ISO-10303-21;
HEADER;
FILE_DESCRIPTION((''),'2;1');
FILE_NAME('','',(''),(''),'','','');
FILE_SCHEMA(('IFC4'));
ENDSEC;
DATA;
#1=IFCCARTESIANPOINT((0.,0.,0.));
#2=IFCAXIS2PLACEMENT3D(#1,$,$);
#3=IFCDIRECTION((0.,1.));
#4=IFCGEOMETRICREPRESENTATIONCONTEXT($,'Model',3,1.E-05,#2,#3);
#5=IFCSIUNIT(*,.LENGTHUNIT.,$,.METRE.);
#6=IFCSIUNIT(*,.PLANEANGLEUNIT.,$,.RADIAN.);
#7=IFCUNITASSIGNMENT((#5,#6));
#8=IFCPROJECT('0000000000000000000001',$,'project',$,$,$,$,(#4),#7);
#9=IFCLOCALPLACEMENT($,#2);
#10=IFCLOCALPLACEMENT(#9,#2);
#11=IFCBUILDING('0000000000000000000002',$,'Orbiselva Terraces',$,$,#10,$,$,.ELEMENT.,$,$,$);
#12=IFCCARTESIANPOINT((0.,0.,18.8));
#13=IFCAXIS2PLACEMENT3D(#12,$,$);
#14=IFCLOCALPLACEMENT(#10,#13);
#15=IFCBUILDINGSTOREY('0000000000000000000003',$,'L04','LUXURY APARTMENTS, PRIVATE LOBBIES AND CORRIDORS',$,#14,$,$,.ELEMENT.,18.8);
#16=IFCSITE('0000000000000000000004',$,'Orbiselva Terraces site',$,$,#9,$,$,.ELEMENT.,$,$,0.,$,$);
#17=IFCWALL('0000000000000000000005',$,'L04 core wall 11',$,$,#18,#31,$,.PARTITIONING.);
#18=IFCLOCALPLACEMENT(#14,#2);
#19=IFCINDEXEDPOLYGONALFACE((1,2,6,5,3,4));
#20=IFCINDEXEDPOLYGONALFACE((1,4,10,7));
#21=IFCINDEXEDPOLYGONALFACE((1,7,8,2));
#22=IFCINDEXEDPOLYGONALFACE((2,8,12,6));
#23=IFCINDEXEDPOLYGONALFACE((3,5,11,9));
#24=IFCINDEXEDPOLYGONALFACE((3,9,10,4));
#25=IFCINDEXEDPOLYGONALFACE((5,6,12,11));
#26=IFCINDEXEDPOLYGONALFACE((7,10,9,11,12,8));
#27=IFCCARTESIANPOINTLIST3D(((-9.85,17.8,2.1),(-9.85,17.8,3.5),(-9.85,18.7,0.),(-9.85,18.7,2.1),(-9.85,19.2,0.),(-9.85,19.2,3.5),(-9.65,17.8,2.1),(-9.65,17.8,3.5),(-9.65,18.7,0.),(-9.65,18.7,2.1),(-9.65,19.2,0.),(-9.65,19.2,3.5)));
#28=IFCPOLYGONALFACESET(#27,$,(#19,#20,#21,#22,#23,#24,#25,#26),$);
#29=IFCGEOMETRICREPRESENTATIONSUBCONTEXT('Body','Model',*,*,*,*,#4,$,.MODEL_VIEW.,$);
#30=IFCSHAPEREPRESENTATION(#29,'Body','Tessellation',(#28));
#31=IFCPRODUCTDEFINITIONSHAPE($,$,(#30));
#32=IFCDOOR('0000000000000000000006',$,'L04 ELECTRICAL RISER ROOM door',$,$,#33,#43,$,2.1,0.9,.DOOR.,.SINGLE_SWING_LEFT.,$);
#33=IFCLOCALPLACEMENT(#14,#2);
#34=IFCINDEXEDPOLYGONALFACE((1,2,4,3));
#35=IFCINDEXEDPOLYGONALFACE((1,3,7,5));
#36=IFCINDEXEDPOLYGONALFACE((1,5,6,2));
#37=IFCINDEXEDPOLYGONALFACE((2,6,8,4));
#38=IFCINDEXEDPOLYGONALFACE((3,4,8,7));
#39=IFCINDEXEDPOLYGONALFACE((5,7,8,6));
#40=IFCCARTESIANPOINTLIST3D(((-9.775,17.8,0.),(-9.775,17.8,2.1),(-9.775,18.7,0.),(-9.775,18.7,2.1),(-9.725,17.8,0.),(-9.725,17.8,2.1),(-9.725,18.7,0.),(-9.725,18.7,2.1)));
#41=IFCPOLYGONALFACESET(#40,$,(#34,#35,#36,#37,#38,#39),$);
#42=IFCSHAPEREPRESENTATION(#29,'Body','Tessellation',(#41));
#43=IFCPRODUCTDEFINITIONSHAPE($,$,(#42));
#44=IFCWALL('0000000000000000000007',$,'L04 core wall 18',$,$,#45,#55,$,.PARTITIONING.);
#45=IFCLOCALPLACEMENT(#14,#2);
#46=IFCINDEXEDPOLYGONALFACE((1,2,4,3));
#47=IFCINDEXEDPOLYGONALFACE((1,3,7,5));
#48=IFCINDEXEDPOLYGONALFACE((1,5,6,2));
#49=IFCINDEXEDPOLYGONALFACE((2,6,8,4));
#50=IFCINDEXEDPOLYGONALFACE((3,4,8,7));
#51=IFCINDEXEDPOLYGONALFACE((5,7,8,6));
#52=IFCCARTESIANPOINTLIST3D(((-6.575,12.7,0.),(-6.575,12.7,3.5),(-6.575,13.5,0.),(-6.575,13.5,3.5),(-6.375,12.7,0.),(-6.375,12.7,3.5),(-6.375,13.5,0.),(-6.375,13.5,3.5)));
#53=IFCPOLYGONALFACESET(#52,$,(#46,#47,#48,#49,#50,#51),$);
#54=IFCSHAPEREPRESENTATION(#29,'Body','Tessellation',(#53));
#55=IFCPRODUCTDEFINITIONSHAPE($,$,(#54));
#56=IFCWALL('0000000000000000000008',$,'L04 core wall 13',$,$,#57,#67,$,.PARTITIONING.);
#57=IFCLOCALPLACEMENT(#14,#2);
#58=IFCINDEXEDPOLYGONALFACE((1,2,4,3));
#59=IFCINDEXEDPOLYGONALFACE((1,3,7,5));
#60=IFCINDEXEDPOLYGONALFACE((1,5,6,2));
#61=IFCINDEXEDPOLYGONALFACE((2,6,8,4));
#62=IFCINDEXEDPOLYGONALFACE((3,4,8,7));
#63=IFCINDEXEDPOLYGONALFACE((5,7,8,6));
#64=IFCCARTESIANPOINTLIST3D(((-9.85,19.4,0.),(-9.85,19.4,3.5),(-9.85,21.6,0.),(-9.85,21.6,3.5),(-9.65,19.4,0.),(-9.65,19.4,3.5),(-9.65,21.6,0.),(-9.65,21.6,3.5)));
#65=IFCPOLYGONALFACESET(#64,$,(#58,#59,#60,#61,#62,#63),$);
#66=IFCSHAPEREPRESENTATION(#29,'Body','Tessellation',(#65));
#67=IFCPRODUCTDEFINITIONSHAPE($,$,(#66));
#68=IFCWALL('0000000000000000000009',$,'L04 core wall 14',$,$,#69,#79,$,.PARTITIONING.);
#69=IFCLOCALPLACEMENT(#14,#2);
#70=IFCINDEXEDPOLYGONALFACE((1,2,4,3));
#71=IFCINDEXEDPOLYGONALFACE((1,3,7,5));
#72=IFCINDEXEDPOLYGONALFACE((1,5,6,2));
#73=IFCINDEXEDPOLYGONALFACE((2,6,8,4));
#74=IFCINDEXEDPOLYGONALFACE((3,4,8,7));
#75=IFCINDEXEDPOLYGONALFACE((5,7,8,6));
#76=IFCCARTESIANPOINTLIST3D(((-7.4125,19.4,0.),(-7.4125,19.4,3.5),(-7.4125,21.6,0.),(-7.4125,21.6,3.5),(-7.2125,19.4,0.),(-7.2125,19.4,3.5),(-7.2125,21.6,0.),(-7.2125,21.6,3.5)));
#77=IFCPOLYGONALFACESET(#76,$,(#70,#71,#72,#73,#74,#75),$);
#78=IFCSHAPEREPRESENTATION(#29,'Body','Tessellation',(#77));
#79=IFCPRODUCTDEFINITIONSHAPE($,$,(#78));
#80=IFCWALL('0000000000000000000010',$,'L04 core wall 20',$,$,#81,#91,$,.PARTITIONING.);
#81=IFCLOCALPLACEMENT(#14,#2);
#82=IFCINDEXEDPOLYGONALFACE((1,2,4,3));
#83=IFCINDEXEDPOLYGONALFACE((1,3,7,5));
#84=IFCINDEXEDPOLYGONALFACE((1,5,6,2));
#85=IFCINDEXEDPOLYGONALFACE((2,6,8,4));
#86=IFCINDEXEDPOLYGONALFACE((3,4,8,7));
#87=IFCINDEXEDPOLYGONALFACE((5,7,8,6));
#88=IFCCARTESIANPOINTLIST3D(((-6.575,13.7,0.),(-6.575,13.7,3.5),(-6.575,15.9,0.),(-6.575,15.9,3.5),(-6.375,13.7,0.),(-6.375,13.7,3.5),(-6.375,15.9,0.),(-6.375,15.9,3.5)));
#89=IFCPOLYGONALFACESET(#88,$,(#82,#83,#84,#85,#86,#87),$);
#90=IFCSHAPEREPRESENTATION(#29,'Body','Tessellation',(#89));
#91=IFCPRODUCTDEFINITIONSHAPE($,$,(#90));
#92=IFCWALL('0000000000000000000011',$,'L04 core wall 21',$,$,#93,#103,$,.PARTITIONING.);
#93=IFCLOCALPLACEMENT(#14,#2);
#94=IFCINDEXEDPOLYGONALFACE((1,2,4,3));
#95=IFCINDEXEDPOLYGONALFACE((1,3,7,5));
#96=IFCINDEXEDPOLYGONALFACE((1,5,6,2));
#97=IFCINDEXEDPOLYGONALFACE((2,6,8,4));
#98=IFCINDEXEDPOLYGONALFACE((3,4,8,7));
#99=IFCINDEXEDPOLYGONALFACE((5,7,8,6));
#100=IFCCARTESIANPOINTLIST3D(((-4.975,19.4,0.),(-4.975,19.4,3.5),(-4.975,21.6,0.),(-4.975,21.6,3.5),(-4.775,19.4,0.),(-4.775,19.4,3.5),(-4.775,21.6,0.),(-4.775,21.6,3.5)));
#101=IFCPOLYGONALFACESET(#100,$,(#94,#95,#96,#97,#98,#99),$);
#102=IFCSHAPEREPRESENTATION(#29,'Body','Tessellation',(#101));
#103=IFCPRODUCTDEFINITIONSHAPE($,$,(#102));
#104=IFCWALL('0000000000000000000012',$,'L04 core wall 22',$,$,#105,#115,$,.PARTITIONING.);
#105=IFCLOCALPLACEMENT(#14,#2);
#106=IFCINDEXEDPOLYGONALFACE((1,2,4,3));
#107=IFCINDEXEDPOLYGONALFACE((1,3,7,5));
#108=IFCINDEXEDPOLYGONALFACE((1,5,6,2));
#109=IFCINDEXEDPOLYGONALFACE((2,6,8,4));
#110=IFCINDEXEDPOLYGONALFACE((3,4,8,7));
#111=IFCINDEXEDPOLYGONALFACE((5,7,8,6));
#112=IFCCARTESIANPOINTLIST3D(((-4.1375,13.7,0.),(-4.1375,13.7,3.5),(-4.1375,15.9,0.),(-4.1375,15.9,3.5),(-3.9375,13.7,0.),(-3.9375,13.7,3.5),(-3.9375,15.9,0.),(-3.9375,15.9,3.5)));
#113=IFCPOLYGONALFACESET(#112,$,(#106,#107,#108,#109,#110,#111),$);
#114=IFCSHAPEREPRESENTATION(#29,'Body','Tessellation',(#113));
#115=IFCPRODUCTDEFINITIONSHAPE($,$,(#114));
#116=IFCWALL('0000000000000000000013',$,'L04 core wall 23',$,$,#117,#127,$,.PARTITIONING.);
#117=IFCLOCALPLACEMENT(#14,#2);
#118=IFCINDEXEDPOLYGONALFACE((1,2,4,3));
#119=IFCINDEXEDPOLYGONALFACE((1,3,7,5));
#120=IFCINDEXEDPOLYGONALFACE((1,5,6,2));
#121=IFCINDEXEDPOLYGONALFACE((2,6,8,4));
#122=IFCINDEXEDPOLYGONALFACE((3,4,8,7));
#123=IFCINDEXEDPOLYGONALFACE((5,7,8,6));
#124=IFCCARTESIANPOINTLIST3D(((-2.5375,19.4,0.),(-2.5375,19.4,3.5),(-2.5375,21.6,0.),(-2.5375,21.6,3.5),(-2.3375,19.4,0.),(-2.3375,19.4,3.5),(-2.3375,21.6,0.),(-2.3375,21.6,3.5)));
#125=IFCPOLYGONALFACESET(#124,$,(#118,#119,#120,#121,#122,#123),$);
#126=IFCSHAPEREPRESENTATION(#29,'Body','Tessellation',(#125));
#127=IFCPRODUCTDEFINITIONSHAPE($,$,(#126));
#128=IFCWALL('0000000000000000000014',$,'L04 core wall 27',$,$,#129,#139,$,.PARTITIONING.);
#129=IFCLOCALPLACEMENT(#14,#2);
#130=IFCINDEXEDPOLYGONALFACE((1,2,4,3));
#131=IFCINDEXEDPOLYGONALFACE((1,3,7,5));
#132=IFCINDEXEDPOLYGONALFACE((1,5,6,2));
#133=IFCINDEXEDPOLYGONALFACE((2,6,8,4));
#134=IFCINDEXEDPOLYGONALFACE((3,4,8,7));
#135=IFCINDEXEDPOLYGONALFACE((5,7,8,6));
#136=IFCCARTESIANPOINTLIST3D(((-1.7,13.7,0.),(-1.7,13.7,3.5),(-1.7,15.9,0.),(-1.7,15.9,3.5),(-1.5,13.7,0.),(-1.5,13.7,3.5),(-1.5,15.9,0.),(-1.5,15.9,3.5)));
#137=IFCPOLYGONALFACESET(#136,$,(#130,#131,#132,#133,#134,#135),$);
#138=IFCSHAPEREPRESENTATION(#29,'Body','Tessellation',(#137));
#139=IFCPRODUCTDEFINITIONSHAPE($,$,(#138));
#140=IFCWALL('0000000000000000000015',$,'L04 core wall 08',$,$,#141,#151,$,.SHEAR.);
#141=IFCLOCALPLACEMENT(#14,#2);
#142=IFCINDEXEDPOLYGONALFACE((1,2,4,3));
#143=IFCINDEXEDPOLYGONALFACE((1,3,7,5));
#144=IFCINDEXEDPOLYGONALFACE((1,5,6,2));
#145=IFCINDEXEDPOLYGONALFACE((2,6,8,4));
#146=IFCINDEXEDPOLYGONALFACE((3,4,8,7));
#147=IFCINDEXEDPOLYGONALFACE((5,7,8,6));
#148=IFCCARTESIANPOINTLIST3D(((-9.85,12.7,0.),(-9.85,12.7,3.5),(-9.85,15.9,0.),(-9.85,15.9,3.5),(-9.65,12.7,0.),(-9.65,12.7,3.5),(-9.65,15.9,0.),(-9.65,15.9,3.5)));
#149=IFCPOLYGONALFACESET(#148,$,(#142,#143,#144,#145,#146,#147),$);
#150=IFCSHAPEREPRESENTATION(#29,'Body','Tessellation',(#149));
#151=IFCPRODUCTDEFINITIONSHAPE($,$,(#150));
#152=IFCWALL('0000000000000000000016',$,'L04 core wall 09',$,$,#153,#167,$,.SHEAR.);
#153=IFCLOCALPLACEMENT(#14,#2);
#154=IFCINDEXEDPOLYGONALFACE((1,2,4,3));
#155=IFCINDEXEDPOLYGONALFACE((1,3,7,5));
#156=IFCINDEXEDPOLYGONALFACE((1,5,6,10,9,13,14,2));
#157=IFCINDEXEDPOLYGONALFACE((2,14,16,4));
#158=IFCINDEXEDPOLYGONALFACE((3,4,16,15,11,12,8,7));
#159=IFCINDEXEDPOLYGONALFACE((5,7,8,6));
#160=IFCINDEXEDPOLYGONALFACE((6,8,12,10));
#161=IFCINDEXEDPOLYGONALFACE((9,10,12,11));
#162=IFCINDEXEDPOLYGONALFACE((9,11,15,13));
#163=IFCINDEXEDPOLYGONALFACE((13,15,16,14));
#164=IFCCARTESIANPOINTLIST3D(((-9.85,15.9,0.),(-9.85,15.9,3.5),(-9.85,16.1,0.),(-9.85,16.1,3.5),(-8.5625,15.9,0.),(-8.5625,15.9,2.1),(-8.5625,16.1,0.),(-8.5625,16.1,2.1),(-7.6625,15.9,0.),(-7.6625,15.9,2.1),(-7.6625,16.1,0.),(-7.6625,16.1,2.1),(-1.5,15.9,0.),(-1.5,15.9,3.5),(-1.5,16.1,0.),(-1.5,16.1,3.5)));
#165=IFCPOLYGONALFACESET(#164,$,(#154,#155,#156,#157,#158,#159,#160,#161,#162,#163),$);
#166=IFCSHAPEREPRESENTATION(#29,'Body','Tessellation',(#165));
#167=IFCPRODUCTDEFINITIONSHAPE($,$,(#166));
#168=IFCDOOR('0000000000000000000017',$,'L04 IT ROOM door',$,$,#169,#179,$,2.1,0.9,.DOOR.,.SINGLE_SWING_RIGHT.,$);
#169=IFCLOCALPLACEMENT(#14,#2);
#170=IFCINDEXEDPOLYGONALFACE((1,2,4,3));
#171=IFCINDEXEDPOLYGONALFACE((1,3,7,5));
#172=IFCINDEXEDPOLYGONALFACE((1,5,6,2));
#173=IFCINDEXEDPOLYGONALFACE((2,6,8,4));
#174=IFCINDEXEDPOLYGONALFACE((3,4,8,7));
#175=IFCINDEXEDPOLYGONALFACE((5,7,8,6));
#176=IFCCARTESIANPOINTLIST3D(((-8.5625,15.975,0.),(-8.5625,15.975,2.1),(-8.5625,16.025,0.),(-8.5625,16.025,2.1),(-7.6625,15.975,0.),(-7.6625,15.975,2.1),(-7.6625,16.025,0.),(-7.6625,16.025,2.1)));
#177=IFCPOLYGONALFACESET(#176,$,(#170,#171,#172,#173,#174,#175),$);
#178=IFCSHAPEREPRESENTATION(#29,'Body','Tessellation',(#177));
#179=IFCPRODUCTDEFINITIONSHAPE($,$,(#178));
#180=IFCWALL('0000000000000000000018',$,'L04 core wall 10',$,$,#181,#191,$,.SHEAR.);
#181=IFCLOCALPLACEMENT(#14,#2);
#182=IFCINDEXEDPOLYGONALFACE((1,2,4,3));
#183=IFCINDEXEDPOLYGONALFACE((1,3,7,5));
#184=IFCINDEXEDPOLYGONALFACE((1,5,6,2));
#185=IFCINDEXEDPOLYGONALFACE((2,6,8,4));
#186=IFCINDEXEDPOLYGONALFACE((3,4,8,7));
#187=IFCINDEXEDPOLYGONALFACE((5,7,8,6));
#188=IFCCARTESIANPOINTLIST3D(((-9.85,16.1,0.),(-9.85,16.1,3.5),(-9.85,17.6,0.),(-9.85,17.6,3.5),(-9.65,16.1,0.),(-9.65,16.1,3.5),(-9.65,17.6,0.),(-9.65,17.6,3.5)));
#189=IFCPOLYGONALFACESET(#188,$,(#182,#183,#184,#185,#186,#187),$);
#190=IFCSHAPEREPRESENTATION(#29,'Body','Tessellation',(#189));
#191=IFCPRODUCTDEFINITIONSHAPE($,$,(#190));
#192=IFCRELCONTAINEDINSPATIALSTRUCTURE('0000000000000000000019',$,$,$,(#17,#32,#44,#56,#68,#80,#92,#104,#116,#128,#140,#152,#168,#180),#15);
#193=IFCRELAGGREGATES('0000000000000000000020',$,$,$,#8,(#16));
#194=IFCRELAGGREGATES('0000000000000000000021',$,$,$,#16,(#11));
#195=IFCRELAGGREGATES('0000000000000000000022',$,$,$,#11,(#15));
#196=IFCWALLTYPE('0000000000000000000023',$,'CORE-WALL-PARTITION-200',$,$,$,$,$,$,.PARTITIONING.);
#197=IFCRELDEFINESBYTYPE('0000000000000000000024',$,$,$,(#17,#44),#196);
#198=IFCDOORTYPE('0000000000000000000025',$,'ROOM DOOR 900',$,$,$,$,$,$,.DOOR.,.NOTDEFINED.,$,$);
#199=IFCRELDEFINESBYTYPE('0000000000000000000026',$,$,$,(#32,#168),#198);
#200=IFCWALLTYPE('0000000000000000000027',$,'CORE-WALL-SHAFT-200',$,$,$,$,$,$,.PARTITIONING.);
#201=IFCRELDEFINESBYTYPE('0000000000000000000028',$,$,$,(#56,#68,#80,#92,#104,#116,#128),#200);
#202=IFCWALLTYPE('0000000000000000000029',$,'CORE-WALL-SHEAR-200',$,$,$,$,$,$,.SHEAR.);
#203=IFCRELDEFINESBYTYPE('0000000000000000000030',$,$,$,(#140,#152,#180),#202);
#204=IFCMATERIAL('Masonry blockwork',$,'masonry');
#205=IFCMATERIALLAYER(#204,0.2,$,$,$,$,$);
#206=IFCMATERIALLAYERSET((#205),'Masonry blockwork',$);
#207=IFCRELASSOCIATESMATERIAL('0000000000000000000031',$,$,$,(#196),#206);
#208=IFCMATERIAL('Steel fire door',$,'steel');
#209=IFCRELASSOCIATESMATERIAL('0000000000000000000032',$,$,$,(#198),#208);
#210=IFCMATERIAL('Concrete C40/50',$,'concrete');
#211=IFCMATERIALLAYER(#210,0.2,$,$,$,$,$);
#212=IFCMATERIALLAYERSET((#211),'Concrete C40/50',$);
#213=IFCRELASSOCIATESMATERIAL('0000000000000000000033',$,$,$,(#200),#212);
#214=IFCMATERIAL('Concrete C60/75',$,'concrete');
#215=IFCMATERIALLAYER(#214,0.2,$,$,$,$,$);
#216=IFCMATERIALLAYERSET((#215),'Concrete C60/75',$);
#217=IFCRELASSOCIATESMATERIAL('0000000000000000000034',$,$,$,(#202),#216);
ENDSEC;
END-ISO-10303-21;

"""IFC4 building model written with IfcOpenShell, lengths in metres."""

from ifc_helpers import new_model, si_unit, direction, frame, frame_2d, origin, place, context, subcontext, project, spatial, rectangle, extrude, material, layer, layer_set, type_object, element, fill, save


model = new_model("IFC4")

# Units and contexts
model_context = context("Model", 3, precision=1e-05, world=origin(), true_north=direction((0.0, 1.0)))
body_context = subcontext(model_context, "Body", "Model", "MODEL_VIEW")
ifc_project = project(units=[si_unit("LENGTHUNIT", "METRE"), si_unit("PLANEANGLEUNIT", "RADIAN")], contexts=[model_context])

# Site, building, storey
site_placement = place(None, origin())
site = spatial("IfcSite", under=ifc_project, at=site_placement, Name="Orbiselva Terraces site", CompositionType="ELEMENT", RefElevation=0.0)
building_placement = place(site_placement, origin())
building = spatial("IfcBuilding", under=site, at=building_placement, Name="Orbiselva Terraces", CompositionType="ELEMENT")
storey_placement = place(building_placement, frame((0.0, 0.0, 18.8)))
storey = spatial("IfcBuildingStorey", under=building, at=storey_placement, Name="L04", Description="LUXURY APARTMENTS, PRIVATE LOBBIES AND CORRIDORS", CompositionType="ELEMENT", Elevation=18.8)

# Wall, opening, door
ifc_material_1 = material(Name="Masonry blockwork", Category="masonry")
ifc_layer_1 = layer(ifc_material_1, 0.2)
ifc_layer_set_1 = layer_set([ifc_layer_1], Name="Masonry blockwork")
wall_type_1 = type_object("IfcWallType", Name="CORE-WALL-PARTITION-200", PredefinedType="PARTITIONING", material=ifc_layer_set_1)
wall_1_placement = place(storey_placement, frame((-9.75, 17.8, 0.0), z_axis=(0.0, 0.0, 1.0), x_axis=(0.0, 1.0, 0.0)))
wall_1 = element("IfcWall", 1, at=wall_1_placement, inside=storey, type_object=wall_type_1, Name="L04 core wall 11", PredefinedType="PARTITIONING", context=body_context, shape_type="SweptSolid", body=[
    extrude(rectangle(XDim=1.4, YDim=0.2, at=frame_2d((0.7, 0.0))), origin(), (0.0, 0.0, 1.0), 3.5),
])
opening_1_placement = place(wall_1_placement, origin())
opening_1 = element("IfcOpeningElement", 2, at=opening_1_placement, cuts=wall_1, PredefinedType="OPENING", context=body_context, shape_type="SweptSolid", body=[
    extrude(rectangle(XDim=0.9, YDim=2.1, at=frame_2d((0.45, 1.05))), frame((0.0, 0.11, 0.0), z_axis=(0.0, -1.0, 0.0), x_axis=(1.0, 0.0, 0.0)), (0.0, 0.0, 1.0), 0.22),
])
ifc_material_2 = material(Name="Steel fire door", Category="steel")
door_type_1 = type_object("IfcDoorType", Name="ROOM DOOR 900", OperationType="NOTDEFINED", PredefinedType="DOOR", material=ifc_material_2)
door_1_placement = place(opening_1_placement, origin())
door_1 = element("IfcDoor", 3, at=door_1_placement, inside=storey, type_object=door_type_1, Name="L04 ELECTRICAL RISER ROOM door", OperationType="SINGLE_SWING_LEFT", OverallHeight=2.1, OverallWidth=0.9, PredefinedType="DOOR", context=body_context, shape_type="SweptSolid", body=[
    extrude(rectangle(XDim=0.9, YDim=2.1, at=frame_2d((0.45, 1.05))), frame((0.0, 0.025, 0.0), z_axis=(0.0, -1.0, 0.0), x_axis=(1.0, 0.0, 0.0)), (0.0, 0.0, 1.0), 0.05),
])
fill(opening_1, door_1)

# Walls
wall_2_placement = place(storey_placement, frame((-6.475, 12.7, 0.0), z_axis=(0.0, 0.0, 1.0), x_axis=(0.0, 1.0, 0.0)))
element("IfcWall", 4, at=wall_2_placement, inside=storey, type_object=wall_type_1, Name="L04 core wall 18", PredefinedType="PARTITIONING", context=body_context, shape_type="SweptSolid", body=[
    extrude(rectangle(XDim=0.8, YDim=0.2, at=frame_2d((0.4, 0.0))), origin(), (0.0, 0.0, 1.0), 3.5),
])
ifc_material_3 = material(Name="Concrete C40/50", Category="concrete")
ifc_layer_2 = layer(ifc_material_3, 0.2)
ifc_layer_set_2 = layer_set([ifc_layer_2], Name="Concrete C40/50")
wall_type_2 = type_object("IfcWallType", Name="CORE-WALL-SHAFT-200", PredefinedType="PARTITIONING", material=ifc_layer_set_2)
for number, where, z_axis, x_axis, name in (
    (5, (-9.75, 19.4, 0.0), (0.0, 0.0, 1.0), (0.0, 1.0, 0.0), "L04 core wall 13"),
    (6, (-7.3125, 19.4, 0.0), (0.0, 0.0, 1.0), (0.0, 1.0, 0.0), "L04 core wall 14"),
    (7, (-6.475, 13.7, 0.0), (0.0, 0.0, 1.0), (0.0, 1.0, 0.0), "L04 core wall 20"),
    (8, (-4.875, 19.4, 0.0), (0.0, 0.0, 1.0), (0.0, 1.0, 0.0), "L04 core wall 21"),
    (9, (-4.0375, 13.7, 0.0), (0.0, 0.0, 1.0), (0.0, 1.0, 0.0), "L04 core wall 22"),
    (10, (-2.4375, 19.4, 0.0), (0.0, 0.0, 1.0), (0.0, 1.0, 0.0), "L04 core wall 23"),
    (11, (-1.6, 13.7, 0.0), (0.0, 0.0, 1.0), (0.0, 1.0, 0.0), "L04 core wall 27"),
):
    element("IfcWall", number, at=place(storey_placement, frame(where, z_axis=z_axis, x_axis=x_axis)), inside=storey, type_object=wall_type_2, Name=name, PredefinedType="PARTITIONING", context=body_context, shape_type="SweptSolid", body=[
        extrude(rectangle(XDim=2.2, YDim=0.2, at=frame_2d((1.1, 0.0))), origin(), (0.0, 0.0, 1.0), 3.5),
    ])
ifc_material_4 = material(Name="Concrete C60/75", Category="concrete")
ifc_layer_3 = layer(ifc_material_4, 0.2)
ifc_layer_set_3 = layer_set([ifc_layer_3], Name="Concrete C60/75")
wall_type_3 = type_object("IfcWallType", Name="CORE-WALL-SHEAR-200", PredefinedType="SHEAR", material=ifc_layer_set_3)
wall_3_placement = place(storey_placement, frame((-9.75, 12.7, 0.0), z_axis=(0.0, 0.0, 1.0), x_axis=(0.0, 1.0, 0.0)))
element("IfcWall", 12, at=wall_3_placement, inside=storey, type_object=wall_type_3, Name="L04 core wall 08", PredefinedType="SHEAR", context=body_context, shape_type="SweptSolid", body=[
    extrude(rectangle(XDim=3.2, YDim=0.2, at=frame_2d((1.6, 0.0))), origin(), (0.0, 0.0, 1.0), 3.5),
])

# Wall, opening, door
wall_4_placement = place(storey_placement, frame((-1.5, 16.0, 0.0), z_axis=(0.0, 0.0, 1.0), x_axis=(-1.0, 0.0, 0.0)))
wall_4 = element("IfcWall", 13, at=wall_4_placement, inside=storey, type_object=wall_type_3, Name="L04 core wall 09", PredefinedType="SHEAR", context=body_context, shape_type="SweptSolid", body=[
    extrude(rectangle(XDim=8.35, YDim=0.2, at=frame_2d((4.175, 0.0))), origin(), (0.0, 0.0, 1.0), 3.5),
])
opening_2_placement = place(wall_4_placement, frame((6.1625, 0.0, 0.0)))
opening_2 = element("IfcOpeningElement", 14, at=opening_2_placement, cuts=wall_4, PredefinedType="OPENING", context=body_context, shape_type="SweptSolid", body=[
    extrude(rectangle(XDim=0.9, YDim=2.1, at=frame_2d((0.45, 1.05))), frame((0.0, 0.11, 0.0), z_axis=(0.0, -1.0, 0.0), x_axis=(1.0, 0.0, 0.0)), (0.0, 0.0, 1.0), 0.22),
])
door_2_placement = place(opening_2_placement, origin())
door_2 = element("IfcDoor", 15, at=door_2_placement, inside=storey, type_object=door_type_1, Name="L04 IT ROOM door", OperationType="SINGLE_SWING_RIGHT", OverallHeight=2.1, OverallWidth=0.9, PredefinedType="DOOR", context=body_context, shape_type="SweptSolid", body=[
    extrude(rectangle(XDim=0.9, YDim=2.1, at=frame_2d((0.45, 1.05))), frame((0.0, 0.025, 0.0), z_axis=(0.0, -1.0, 0.0), x_axis=(1.0, 0.0, 0.0)), (0.0, 0.0, 1.0), 0.05),
])
fill(opening_2, door_2)

# Wall
wall_5_placement = place(storey_placement, frame((-9.75, 16.1, 0.0), z_axis=(0.0, 0.0, 1.0), x_axis=(0.0, 1.0, 0.0)))
element("IfcWall", 16, at=wall_5_placement, inside=storey, type_object=wall_type_3, Name="L04 core wall 10", PredefinedType="SHEAR", context=body_context, shape_type="SweptSolid", body=[
    extrude(rectangle(XDim=1.5, YDim=0.2, at=frame_2d((0.75, 0.0))), origin(), (0.0, 0.0, 1.0), 3.5),
])

save(model, "model.ifc")
